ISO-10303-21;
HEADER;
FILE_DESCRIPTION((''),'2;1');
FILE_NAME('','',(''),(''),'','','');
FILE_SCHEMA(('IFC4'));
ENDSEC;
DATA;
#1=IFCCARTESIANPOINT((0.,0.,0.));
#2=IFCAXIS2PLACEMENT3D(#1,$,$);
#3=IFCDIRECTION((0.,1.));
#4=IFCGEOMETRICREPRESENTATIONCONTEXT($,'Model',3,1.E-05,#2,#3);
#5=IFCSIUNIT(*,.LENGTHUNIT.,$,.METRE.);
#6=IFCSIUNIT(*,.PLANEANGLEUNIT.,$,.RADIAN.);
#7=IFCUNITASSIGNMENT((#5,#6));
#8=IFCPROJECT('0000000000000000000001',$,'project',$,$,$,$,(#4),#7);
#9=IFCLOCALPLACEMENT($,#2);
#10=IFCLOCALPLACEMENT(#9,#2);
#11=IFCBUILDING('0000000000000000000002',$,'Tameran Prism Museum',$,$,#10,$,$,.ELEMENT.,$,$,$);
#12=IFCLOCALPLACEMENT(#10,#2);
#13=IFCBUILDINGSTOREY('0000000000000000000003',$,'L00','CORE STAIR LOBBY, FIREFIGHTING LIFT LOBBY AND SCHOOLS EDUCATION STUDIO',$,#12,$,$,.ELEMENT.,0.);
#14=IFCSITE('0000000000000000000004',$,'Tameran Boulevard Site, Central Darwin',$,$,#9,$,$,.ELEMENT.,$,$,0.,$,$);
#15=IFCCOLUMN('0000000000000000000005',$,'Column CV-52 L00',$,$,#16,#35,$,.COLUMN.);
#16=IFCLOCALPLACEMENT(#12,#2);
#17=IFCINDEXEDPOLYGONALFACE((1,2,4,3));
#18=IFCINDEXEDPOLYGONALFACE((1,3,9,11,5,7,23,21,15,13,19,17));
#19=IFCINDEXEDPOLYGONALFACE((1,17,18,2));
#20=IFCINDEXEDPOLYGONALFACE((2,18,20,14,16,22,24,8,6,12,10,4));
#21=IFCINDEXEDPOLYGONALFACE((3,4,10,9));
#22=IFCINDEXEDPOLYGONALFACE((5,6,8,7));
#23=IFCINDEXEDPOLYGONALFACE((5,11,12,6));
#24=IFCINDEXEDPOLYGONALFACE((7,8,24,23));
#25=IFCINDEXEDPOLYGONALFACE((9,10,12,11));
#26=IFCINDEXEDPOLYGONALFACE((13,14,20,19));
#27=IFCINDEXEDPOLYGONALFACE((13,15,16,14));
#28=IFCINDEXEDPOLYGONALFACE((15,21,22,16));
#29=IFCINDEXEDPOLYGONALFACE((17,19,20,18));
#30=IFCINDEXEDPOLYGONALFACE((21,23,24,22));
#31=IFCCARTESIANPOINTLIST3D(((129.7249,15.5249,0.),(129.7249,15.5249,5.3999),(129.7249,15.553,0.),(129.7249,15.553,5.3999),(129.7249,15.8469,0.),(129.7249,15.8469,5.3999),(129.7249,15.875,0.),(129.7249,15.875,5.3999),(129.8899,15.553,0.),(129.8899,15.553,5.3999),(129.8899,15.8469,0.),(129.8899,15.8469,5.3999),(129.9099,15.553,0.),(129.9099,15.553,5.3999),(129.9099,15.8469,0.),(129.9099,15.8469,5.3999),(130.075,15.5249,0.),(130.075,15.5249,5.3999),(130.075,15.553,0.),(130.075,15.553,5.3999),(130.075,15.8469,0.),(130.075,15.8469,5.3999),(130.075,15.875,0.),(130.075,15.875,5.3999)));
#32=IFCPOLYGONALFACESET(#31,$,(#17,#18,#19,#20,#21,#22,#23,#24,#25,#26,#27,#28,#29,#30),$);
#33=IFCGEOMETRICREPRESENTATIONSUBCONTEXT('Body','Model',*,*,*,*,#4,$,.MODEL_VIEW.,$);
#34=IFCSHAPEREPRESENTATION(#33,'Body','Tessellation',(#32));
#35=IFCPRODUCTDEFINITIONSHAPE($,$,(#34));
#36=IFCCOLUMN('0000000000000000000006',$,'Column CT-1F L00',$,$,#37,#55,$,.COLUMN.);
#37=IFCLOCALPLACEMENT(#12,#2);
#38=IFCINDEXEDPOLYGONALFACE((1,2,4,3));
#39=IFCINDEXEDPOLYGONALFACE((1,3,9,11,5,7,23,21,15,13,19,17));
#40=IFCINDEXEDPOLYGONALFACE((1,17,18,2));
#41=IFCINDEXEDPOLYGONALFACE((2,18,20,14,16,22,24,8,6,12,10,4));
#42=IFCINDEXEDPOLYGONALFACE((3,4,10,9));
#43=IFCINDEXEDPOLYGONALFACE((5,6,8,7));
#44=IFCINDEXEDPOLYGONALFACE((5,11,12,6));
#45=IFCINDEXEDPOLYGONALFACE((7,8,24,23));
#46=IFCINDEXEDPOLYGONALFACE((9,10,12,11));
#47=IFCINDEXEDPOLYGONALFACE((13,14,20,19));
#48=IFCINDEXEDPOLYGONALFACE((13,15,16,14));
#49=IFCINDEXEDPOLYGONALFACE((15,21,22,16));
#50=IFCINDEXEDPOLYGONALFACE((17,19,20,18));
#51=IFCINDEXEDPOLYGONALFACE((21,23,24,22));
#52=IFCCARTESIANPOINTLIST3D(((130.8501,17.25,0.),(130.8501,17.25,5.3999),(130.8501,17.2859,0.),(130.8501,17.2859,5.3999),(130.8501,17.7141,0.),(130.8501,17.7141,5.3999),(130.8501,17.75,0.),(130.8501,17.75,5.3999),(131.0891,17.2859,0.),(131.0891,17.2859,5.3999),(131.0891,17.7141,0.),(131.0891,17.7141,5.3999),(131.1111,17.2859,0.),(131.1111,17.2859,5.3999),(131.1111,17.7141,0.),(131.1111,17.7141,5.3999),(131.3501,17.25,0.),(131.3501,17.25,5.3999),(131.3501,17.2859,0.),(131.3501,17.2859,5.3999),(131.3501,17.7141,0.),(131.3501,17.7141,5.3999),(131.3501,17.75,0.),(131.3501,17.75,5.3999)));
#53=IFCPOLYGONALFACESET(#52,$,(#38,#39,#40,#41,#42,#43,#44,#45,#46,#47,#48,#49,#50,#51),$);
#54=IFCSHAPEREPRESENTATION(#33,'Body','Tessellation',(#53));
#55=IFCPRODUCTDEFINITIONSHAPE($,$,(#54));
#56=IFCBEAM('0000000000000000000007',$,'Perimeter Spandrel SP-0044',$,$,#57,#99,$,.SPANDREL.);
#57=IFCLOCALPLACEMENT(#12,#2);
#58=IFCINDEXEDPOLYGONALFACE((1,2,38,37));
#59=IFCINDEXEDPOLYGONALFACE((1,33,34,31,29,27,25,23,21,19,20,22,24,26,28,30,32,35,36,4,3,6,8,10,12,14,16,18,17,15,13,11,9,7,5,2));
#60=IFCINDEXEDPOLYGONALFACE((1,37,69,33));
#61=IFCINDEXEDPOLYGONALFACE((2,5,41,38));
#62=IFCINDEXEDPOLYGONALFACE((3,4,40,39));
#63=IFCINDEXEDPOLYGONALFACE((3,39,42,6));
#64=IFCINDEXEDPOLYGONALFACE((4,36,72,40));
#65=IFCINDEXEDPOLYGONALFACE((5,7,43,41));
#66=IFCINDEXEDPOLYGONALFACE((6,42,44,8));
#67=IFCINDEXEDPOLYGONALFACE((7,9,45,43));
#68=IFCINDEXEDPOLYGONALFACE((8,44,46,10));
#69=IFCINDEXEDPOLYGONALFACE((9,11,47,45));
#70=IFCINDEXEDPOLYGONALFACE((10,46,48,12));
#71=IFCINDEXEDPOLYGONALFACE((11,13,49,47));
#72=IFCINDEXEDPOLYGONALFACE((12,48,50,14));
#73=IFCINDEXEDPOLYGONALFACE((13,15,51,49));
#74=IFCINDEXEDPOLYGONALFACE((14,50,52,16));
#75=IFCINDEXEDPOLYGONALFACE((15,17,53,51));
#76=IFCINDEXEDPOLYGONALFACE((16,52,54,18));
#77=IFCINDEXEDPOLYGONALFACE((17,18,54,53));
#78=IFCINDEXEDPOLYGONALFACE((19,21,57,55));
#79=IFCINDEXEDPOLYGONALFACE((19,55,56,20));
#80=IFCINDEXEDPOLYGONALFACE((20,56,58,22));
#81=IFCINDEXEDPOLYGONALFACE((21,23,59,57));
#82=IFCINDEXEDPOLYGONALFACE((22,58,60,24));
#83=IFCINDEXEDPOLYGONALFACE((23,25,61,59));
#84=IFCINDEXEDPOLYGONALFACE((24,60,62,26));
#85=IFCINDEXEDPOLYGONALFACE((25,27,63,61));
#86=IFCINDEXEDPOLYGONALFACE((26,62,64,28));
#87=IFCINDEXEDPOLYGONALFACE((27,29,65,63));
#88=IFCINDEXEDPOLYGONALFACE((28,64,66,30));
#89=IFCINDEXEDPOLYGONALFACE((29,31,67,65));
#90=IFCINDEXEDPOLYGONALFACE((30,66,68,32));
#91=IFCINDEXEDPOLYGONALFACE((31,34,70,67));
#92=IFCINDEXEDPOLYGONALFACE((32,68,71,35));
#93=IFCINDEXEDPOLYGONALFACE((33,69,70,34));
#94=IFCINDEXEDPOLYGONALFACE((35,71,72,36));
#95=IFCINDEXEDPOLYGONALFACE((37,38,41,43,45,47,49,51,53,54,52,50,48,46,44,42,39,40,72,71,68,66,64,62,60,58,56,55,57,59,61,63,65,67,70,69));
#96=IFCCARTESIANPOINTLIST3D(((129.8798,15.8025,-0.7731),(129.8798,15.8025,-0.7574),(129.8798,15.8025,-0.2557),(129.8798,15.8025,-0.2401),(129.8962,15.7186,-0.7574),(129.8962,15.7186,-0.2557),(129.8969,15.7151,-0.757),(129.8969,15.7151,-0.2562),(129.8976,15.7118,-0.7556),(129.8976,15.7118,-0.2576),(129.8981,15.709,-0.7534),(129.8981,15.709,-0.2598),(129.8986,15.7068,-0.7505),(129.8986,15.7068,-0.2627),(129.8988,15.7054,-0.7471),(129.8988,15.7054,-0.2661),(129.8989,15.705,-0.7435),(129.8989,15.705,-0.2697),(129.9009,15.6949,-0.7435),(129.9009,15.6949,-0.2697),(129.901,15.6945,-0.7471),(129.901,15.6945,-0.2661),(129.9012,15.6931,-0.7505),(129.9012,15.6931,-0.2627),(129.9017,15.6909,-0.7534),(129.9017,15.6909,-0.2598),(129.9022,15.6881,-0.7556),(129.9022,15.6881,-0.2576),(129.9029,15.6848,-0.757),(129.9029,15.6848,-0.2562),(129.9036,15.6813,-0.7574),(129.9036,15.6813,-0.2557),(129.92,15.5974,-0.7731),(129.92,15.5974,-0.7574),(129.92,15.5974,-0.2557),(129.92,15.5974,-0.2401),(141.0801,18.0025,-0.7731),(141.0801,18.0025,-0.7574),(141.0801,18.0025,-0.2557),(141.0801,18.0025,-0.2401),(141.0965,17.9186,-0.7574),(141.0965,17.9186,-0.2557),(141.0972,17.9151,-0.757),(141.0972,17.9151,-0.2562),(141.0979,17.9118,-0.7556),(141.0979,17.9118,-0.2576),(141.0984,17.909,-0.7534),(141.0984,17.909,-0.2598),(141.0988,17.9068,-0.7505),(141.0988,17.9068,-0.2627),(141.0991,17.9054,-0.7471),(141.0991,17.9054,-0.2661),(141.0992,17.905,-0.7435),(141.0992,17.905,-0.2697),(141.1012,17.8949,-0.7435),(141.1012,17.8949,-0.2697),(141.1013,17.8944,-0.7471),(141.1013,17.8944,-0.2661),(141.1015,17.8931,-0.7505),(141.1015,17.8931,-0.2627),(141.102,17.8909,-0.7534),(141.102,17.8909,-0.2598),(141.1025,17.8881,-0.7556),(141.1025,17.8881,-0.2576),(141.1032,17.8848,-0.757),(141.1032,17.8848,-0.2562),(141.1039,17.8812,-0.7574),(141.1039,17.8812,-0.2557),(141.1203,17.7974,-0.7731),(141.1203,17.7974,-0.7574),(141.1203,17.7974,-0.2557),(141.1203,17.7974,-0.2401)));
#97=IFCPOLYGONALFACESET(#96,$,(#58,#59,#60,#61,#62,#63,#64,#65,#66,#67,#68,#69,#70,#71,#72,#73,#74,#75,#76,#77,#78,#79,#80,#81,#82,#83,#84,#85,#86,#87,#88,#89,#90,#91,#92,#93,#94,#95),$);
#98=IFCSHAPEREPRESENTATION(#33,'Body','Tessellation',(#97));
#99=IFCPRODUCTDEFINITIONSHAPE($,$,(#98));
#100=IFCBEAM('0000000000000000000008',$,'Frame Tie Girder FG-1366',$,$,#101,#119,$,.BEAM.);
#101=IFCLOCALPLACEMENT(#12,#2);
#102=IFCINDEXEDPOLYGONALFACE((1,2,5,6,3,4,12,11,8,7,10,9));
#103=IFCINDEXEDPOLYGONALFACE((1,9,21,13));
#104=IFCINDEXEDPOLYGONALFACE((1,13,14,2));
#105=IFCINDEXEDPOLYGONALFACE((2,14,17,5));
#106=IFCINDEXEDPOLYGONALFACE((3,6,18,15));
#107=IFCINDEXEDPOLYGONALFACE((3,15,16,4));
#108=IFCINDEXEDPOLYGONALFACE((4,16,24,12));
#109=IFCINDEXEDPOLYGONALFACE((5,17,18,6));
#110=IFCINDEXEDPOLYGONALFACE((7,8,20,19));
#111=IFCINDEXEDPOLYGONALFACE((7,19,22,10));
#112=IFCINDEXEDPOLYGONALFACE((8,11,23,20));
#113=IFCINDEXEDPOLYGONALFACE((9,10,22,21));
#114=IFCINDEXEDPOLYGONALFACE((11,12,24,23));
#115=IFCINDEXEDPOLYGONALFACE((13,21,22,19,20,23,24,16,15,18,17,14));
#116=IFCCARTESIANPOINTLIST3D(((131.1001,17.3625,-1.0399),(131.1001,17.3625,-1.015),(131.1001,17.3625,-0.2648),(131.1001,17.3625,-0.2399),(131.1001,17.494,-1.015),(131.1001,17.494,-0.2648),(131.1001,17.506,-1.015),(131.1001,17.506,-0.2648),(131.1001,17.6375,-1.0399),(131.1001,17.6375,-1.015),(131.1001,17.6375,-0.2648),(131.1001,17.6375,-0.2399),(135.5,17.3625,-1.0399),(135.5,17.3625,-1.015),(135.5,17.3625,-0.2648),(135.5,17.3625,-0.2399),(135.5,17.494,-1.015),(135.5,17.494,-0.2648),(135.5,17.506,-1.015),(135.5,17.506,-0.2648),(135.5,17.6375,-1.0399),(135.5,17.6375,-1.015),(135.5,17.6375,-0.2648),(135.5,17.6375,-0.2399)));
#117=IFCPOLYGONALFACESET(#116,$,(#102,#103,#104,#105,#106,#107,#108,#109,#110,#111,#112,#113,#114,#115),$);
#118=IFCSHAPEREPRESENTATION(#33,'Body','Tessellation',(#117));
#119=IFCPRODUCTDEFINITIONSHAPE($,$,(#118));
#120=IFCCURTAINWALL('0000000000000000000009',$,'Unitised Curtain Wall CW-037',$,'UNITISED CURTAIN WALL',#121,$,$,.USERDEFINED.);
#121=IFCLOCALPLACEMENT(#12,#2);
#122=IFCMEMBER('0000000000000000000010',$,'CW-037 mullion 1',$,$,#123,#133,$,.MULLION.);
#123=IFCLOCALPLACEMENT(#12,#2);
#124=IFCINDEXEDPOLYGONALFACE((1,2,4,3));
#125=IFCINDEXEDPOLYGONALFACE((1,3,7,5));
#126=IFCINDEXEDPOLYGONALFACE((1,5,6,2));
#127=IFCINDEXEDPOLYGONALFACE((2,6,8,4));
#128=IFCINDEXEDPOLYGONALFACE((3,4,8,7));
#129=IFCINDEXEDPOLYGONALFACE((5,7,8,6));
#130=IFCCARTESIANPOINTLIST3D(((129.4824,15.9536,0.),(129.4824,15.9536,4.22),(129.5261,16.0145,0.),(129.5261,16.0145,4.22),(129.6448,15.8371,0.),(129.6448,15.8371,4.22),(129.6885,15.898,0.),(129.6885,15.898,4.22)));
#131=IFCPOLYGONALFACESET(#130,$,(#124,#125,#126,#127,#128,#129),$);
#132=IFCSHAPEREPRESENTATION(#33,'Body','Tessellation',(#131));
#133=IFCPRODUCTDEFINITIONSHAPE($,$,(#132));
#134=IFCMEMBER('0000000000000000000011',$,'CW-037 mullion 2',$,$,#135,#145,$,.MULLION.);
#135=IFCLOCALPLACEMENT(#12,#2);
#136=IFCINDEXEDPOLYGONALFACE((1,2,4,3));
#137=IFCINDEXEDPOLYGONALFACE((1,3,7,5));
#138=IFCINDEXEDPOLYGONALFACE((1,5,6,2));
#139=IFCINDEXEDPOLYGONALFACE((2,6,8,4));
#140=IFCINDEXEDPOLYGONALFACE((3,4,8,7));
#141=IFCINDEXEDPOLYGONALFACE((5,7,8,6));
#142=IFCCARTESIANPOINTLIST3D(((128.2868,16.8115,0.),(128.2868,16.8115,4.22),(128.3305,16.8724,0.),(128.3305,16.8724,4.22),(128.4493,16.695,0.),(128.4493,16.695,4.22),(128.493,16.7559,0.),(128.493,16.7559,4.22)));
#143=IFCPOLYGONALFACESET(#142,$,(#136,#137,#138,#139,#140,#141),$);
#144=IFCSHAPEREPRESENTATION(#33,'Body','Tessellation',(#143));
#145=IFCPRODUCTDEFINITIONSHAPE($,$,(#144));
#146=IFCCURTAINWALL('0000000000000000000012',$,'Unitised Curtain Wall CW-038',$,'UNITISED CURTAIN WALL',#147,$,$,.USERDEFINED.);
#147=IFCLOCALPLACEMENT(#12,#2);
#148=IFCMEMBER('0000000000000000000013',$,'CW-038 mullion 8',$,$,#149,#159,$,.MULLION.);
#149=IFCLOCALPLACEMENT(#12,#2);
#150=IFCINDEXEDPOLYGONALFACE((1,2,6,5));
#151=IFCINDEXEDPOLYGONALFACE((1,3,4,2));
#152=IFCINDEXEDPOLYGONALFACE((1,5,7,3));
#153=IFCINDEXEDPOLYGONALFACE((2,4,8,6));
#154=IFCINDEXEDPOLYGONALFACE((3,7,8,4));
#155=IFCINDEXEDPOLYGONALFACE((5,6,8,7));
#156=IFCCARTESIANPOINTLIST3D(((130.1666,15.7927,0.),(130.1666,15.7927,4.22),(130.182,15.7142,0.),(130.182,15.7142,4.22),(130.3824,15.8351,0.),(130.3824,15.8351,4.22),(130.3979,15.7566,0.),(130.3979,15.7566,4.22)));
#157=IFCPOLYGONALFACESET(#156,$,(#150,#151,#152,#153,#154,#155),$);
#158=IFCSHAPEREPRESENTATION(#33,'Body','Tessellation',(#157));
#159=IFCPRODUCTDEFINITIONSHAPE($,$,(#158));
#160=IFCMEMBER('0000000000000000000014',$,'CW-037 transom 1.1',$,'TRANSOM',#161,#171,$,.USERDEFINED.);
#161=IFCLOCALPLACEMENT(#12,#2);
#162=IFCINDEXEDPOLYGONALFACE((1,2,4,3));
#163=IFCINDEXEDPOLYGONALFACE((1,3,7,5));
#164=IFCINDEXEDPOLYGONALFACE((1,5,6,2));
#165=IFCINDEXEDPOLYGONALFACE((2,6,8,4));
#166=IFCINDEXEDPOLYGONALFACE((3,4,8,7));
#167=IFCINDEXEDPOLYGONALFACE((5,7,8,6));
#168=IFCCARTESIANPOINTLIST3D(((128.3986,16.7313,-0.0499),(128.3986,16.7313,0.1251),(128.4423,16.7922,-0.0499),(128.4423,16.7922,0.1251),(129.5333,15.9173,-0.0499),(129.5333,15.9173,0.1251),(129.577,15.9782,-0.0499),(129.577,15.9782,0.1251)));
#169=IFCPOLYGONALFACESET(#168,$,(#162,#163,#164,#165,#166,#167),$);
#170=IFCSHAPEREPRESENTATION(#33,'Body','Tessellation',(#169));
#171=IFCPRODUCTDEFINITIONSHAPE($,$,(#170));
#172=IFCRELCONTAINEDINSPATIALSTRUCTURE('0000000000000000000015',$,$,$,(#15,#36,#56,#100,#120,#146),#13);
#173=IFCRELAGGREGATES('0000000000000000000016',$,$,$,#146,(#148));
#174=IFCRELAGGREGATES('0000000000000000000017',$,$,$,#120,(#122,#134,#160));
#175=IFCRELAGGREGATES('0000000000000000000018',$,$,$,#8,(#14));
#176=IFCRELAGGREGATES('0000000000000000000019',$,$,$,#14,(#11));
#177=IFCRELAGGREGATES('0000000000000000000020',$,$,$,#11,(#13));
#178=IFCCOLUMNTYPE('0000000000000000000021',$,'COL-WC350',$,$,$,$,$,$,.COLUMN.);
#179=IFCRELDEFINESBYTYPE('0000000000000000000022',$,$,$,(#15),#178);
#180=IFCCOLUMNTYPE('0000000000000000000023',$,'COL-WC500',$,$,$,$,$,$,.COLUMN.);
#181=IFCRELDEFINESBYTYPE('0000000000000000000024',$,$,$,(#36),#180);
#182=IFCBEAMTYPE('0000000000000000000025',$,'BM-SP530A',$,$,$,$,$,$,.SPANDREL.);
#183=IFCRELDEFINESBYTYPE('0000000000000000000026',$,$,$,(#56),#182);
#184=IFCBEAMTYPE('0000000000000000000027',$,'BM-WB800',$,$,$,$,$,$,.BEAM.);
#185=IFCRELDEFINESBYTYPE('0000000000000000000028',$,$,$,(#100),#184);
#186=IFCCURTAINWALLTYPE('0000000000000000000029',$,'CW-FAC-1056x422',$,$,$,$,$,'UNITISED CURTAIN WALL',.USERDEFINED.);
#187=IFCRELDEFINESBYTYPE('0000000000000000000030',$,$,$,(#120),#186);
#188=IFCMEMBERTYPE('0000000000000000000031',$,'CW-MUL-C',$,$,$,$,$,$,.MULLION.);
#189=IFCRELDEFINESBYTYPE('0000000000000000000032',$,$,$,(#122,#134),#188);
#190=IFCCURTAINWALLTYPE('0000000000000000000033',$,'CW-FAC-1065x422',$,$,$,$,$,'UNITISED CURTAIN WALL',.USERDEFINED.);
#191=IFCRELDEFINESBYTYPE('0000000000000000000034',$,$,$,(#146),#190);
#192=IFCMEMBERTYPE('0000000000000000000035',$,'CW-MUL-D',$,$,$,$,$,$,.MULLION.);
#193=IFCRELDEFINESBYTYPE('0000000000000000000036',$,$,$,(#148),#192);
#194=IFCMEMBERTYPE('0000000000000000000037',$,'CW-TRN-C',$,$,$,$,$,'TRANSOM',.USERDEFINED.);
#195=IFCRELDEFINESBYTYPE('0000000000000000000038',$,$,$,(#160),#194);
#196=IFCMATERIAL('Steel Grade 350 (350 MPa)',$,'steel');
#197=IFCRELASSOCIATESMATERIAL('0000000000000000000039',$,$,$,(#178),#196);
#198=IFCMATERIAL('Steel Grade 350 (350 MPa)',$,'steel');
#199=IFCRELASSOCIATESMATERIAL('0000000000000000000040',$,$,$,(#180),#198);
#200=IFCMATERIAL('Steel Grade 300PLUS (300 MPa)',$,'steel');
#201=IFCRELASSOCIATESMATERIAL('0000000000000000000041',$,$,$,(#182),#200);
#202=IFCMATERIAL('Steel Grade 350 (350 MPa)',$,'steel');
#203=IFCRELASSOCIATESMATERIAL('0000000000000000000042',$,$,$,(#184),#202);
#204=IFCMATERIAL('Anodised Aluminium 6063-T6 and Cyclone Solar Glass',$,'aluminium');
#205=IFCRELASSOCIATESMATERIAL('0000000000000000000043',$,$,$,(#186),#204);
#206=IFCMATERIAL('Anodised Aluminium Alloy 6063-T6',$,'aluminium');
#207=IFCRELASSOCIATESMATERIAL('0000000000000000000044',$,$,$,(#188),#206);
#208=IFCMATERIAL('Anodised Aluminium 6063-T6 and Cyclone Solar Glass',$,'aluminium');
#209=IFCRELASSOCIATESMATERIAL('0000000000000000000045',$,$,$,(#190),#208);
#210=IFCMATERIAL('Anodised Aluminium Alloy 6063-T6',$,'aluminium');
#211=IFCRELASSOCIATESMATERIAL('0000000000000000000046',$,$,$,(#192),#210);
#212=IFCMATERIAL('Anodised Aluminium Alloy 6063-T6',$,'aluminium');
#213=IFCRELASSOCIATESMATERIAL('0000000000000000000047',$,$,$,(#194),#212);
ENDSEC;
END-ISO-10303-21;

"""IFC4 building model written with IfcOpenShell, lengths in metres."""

from ifc_helpers import new_model, si_unit, direction, frame, origin, origin_2d, place, context, subcontext, project, spatial, rectangle, i_section, extrude, material, material_profile, profile_set, type_object, element, aggregate, save


model = new_model("IFC4")

# Units and contexts
model_context = context("Model", 3, precision=1e-05, world=origin(), true_north=direction((0.0, 1.0)))
body_context = subcontext(model_context, "Body", "Model", "MODEL_VIEW")
ifc_project = project(units=[si_unit("LENGTHUNIT", "METRE"), si_unit("PLANEANGLEUNIT", "RADIAN")], contexts=[model_context])

# Site, building, storey
site_placement = place(None, origin())
site = spatial("IfcSite", under=ifc_project, at=site_placement, Name="Tameran Boulevard Site, Central Darwin", CompositionType="ELEMENT", RefElevation=0.0)
building_placement = place(site_placement, origin())
building = spatial("IfcBuilding", under=site, at=building_placement, Name="Tameran Prism Museum", CompositionType="ELEMENT")
storey_placement = place(building_placement, origin())
storey = spatial("IfcBuildingStorey", under=building, at=storey_placement, Name="L00", Description="CORE STAIR LOBBY, FIREFIGHTING LIFT LOBBY AND SCHOOLS EDUCATION STUDIO", CompositionType="ELEMENT", Elevation=0.0)

# Columns
ifc_material_1 = material(Name="Steel Grade 350 (350 MPa)", Category="steel")
ifc_material_profile_1 = material_profile(ifc_material_1, i_section(OverallWidth=0.3501, OverallDepth=0.3501, WebThickness=0.02, FlangeThickness=0.0281, at=origin_2d()))
ifc_profile_set_1 = profile_set([ifc_material_profile_1])
column_type_1 = type_object("IfcColumnType", Name="COL-WC350", PredefinedType="COLUMN", material=ifc_profile_set_1)
column_1_placement = place(storey_placement, frame((129.8999, 15.7, 0.0), z_axis=(0.0, 0.0, 1.0), x_axis=(1.0, 0.0, 0.0)))
element("IfcColumn", 1, at=column_1_placement, inside=storey, type_object=column_type_1, Name="Column CV-52 L00", PredefinedType="COLUMN", context=body_context, shape_type="SweptSolid", body=[
    extrude(i_section(OverallWidth=0.3501, OverallDepth=0.3501, WebThickness=0.02, FlangeThickness=0.0281, at=origin_2d()), origin(), (0.0, 0.0, 1.0), 5.3999),
])
ifc_material_2 = material(Name="Steel Grade 350 (350 MPa)", Category="steel")
ifc_material_profile_2 = material_profile(ifc_material_2, i_section(OverallWidth=0.5, OverallDepth=0.5, WebThickness=0.022, FlangeThickness=0.0359, at=origin_2d()))
ifc_profile_set_2 = profile_set([ifc_material_profile_2])
column_type_2 = type_object("IfcColumnType", Name="COL-WC500", PredefinedType="COLUMN", material=ifc_profile_set_2)
column_2_placement = place(storey_placement, frame((131.1001, 17.5, 0.0), z_axis=(0.0, 0.0, 1.0), x_axis=(1.0, 0.0, 0.0)))
element("IfcColumn", 2, at=column_2_placement, inside=storey, type_object=column_type_2, Name="Column CT-1F L00", PredefinedType="COLUMN", context=body_context, shape_type="SweptSolid", body=[
    extrude(i_section(OverallWidth=0.5, OverallDepth=0.5, WebThickness=0.022, FlangeThickness=0.0359, at=origin_2d()), origin(), (0.0, 0.0, 1.0), 5.3999),
])

# Beams
ifc_material_3 = material(Name="Steel Grade 300PLUS (300 MPa)", Category="steel")
ifc_material_profile_3 = material_profile(ifc_material_3, i_section(OverallWidth=0.209, OverallDepth=0.533, WebThickness=0.0103, FlangeThickness=0.0156, FilletRadius=0.0139, at=origin_2d()))
ifc_profile_set_3 = profile_set([ifc_material_profile_3])
beam_type_1 = type_object("IfcBeamType", Name="BM-SP530A", PredefinedType="SPANDREL", material=ifc_profile_set_3)
beam_1_placement = place(storey_placement, frame((129.8999, 15.7, -0.5066), z_axis=(0.98125, 0.192738, 0.0), x_axis=(-0.192738, 0.98125, 0.0)))
element("IfcBeam", 3, at=beam_1_placement, inside=storey, type_object=beam_type_1, Name="Perimeter Spandrel SP-0044", PredefinedType="SPANDREL", context=body_context, shape_type="SweptSolid", body=[
    extrude(i_section(OverallWidth=0.209, OverallDepth=0.533, WebThickness=0.0103, FlangeThickness=0.0156, FilletRadius=0.0139, at=origin_2d()), origin(), (0.0, 0.0, 1.0), 11.4143),
])
ifc_material_4 = material(Name="Steel Grade 350 (350 MPa)", Category="steel")
ifc_material_profile_4 = material_profile(ifc_material_4, i_section(OverallWidth=0.2749, OverallDepth=0.8, WebThickness=0.012, FlangeThickness=0.0249, at=origin_2d()))
ifc_profile_set_4 = profile_set([ifc_material_profile_4])
beam_type_2 = type_object("IfcBeamType", Name="BM-WB800", PredefinedType="BEAM", material=ifc_profile_set_4)
beam_2_placement = place(storey_placement, frame((131.1001, 17.5, -0.6399), z_axis=(1.0, 0.0, 0.0), x_axis=(0.0, 1.0, 0.0)))
element("IfcBeam", 4, at=beam_2_placement, inside=storey, type_object=beam_type_2, Name="Frame Tie Girder FG-1366", PredefinedType="BEAM", context=body_context, shape_type="SweptSolid", body=[
    extrude(i_section(OverallWidth=0.2749, OverallDepth=0.8, WebThickness=0.012, FlangeThickness=0.0249, at=origin_2d()), origin(), (0.0, 0.0, 1.0), 4.3999),
])

# Curtain wall, members
ifc_material_5 = material(Name="Anodised Aluminium 6063-T6 and Cyclone Solar Glass", Category="aluminium")
curtain_wall_type_1 = type_object("IfcCurtainWallType", Name="CW-FAC-1056x422", ElementType="UNITISED CURTAIN WALL", PredefinedType="USERDEFINED", material=ifc_material_5)
curtain_wall_1_placement = place(storey_placement, origin())
curtain_wall_1 = element("IfcCurtainWall", 5, at=curtain_wall_1_placement, inside=storey, type_object=curtain_wall_type_1, Name="Unitised Curtain Wall CW-037", ObjectType="UNITISED CURTAIN WALL", PredefinedType="USERDEFINED")
ifc_material_6 = material(Name="Anodised Aluminium Alloy 6063-T6", Category="aluminium")
ifc_material_profile_5 = material_profile(ifc_material_6, rectangle(XDim=0.075, YDim=0.2, at=origin_2d()))
ifc_profile_set_5 = profile_set([ifc_material_profile_5])
member_type_1 = type_object("IfcMemberType", Name="CW-MUL-C", PredefinedType="MULLION", material=ifc_profile_set_5)
member_1_placement = place(storey_placement, frame((129.5854, 15.9258, 0.0), z_axis=(0.0, 0.0, 1.0), x_axis=(-0.582885, -0.812555, 0.0)))
member_1 = element("IfcMember", 6, at=member_1_placement, type_object=member_type_1, Name="CW-037 mullion 1", PredefinedType="MULLION", context=body_context, shape_type="SweptSolid", body=[
    extrude(rectangle(XDim=0.075, YDim=0.2, at=origin_2d()), origin(), (0.0, 0.0, 1.0), 4.22),
])
member_2_placement = place(storey_placement, frame((128.3899, 16.7837, 0.0), z_axis=(0.0, 0.0, 1.0), x_axis=(-0.582885, -0.812555, 0.0)))
member_2 = element("IfcMember", 7, at=member_2_placement, type_object=member_type_1, Name="CW-037 mullion 2", PredefinedType="MULLION", context=body_context, shape_type="SweptSolid", body=[
    extrude(rectangle(XDim=0.075, YDim=0.2, at=origin_2d()), origin(), (0.0, 0.0, 1.0), 4.22),
])

# Curtain wall, member
ifc_material_7 = material(Name="Anodised Aluminium 6063-T6 and Cyclone Solar Glass", Category="aluminium")
curtain_wall_type_2 = type_object("IfcCurtainWallType", Name="CW-FAC-1065x422", ElementType="UNITISED CURTAIN WALL", PredefinedType="USERDEFINED", material=ifc_material_7)
curtain_wall_2_placement = place(storey_placement, origin())
curtain_wall_2 = element("IfcCurtainWall", 8, at=curtain_wall_2_placement, inside=storey, type_object=curtain_wall_type_2, Name="Unitised Curtain Wall CW-038", ObjectType="UNITISED CURTAIN WALL", PredefinedType="USERDEFINED")
ifc_material_8 = material(Name="Anodised Aluminium Alloy 6063-T6", Category="aluminium")
ifc_material_profile_6 = material_profile(ifc_material_8, rectangle(XDim=0.0801, YDim=0.22, at=origin_2d()))
ifc_profile_set_6 = profile_set([ifc_material_profile_6])
member_type_2 = type_object("IfcMemberType", Name="CW-MUL-D", PredefinedType="MULLION", material=ifc_profile_set_6)
member_3_placement = place(storey_placement, frame((130.2822, 15.7747, 0.0), z_axis=(0.0, 0.0, 1.0), x_axis=(0.192776, -0.981243, 0.0)))
member_3 = element("IfcMember", 9, at=member_3_placement, type_object=member_type_2, Name="CW-038 mullion 8", PredefinedType="MULLION", context=body_context, shape_type="SweptSolid", body=[
    extrude(rectangle(XDim=0.0801, YDim=0.22, at=origin_2d()), origin(), (0.0, 0.0, 1.0), 4.22),
])

# Member
ifc_material_9 = material(Name="Anodised Aluminium Alloy 6063-T6", Category="aluminium")
ifc_material_profile_7 = material_profile(ifc_material_9, rectangle(XDim=0.075, YDim=0.175, at=origin_2d()))
ifc_profile_set_7 = profile_set([ifc_material_profile_7])
member_type_3 = type_object("IfcMemberType", Name="CW-TRN-C", ElementType="TRANSOM", PredefinedType="USERDEFINED", material=ifc_profile_set_7)
member_4_placement = place(storey_placement, frame((129.5552, 15.9478, 0.0376), z_axis=(-0.812574, 0.582858, 0.0), x_axis=(-0.582858, -0.812574, 0.0)))
member_4 = element("IfcMember", 10, at=member_4_placement, type_object=member_type_3, Name="CW-037 transom 1.1", ObjectType="TRANSOM", PredefinedType="USERDEFINED", context=body_context, shape_type="SweptSolid", body=[
    extrude(rectangle(XDim=0.075, YDim=0.175, at=origin_2d()), origin(), (0.0, 0.0, 1.0), 1.3965),
])

aggregate(curtain_wall_2, [member_3])
aggregate(curtain_wall_1, [member_1, member_2, member_4])

save(model, "model.ifc")
